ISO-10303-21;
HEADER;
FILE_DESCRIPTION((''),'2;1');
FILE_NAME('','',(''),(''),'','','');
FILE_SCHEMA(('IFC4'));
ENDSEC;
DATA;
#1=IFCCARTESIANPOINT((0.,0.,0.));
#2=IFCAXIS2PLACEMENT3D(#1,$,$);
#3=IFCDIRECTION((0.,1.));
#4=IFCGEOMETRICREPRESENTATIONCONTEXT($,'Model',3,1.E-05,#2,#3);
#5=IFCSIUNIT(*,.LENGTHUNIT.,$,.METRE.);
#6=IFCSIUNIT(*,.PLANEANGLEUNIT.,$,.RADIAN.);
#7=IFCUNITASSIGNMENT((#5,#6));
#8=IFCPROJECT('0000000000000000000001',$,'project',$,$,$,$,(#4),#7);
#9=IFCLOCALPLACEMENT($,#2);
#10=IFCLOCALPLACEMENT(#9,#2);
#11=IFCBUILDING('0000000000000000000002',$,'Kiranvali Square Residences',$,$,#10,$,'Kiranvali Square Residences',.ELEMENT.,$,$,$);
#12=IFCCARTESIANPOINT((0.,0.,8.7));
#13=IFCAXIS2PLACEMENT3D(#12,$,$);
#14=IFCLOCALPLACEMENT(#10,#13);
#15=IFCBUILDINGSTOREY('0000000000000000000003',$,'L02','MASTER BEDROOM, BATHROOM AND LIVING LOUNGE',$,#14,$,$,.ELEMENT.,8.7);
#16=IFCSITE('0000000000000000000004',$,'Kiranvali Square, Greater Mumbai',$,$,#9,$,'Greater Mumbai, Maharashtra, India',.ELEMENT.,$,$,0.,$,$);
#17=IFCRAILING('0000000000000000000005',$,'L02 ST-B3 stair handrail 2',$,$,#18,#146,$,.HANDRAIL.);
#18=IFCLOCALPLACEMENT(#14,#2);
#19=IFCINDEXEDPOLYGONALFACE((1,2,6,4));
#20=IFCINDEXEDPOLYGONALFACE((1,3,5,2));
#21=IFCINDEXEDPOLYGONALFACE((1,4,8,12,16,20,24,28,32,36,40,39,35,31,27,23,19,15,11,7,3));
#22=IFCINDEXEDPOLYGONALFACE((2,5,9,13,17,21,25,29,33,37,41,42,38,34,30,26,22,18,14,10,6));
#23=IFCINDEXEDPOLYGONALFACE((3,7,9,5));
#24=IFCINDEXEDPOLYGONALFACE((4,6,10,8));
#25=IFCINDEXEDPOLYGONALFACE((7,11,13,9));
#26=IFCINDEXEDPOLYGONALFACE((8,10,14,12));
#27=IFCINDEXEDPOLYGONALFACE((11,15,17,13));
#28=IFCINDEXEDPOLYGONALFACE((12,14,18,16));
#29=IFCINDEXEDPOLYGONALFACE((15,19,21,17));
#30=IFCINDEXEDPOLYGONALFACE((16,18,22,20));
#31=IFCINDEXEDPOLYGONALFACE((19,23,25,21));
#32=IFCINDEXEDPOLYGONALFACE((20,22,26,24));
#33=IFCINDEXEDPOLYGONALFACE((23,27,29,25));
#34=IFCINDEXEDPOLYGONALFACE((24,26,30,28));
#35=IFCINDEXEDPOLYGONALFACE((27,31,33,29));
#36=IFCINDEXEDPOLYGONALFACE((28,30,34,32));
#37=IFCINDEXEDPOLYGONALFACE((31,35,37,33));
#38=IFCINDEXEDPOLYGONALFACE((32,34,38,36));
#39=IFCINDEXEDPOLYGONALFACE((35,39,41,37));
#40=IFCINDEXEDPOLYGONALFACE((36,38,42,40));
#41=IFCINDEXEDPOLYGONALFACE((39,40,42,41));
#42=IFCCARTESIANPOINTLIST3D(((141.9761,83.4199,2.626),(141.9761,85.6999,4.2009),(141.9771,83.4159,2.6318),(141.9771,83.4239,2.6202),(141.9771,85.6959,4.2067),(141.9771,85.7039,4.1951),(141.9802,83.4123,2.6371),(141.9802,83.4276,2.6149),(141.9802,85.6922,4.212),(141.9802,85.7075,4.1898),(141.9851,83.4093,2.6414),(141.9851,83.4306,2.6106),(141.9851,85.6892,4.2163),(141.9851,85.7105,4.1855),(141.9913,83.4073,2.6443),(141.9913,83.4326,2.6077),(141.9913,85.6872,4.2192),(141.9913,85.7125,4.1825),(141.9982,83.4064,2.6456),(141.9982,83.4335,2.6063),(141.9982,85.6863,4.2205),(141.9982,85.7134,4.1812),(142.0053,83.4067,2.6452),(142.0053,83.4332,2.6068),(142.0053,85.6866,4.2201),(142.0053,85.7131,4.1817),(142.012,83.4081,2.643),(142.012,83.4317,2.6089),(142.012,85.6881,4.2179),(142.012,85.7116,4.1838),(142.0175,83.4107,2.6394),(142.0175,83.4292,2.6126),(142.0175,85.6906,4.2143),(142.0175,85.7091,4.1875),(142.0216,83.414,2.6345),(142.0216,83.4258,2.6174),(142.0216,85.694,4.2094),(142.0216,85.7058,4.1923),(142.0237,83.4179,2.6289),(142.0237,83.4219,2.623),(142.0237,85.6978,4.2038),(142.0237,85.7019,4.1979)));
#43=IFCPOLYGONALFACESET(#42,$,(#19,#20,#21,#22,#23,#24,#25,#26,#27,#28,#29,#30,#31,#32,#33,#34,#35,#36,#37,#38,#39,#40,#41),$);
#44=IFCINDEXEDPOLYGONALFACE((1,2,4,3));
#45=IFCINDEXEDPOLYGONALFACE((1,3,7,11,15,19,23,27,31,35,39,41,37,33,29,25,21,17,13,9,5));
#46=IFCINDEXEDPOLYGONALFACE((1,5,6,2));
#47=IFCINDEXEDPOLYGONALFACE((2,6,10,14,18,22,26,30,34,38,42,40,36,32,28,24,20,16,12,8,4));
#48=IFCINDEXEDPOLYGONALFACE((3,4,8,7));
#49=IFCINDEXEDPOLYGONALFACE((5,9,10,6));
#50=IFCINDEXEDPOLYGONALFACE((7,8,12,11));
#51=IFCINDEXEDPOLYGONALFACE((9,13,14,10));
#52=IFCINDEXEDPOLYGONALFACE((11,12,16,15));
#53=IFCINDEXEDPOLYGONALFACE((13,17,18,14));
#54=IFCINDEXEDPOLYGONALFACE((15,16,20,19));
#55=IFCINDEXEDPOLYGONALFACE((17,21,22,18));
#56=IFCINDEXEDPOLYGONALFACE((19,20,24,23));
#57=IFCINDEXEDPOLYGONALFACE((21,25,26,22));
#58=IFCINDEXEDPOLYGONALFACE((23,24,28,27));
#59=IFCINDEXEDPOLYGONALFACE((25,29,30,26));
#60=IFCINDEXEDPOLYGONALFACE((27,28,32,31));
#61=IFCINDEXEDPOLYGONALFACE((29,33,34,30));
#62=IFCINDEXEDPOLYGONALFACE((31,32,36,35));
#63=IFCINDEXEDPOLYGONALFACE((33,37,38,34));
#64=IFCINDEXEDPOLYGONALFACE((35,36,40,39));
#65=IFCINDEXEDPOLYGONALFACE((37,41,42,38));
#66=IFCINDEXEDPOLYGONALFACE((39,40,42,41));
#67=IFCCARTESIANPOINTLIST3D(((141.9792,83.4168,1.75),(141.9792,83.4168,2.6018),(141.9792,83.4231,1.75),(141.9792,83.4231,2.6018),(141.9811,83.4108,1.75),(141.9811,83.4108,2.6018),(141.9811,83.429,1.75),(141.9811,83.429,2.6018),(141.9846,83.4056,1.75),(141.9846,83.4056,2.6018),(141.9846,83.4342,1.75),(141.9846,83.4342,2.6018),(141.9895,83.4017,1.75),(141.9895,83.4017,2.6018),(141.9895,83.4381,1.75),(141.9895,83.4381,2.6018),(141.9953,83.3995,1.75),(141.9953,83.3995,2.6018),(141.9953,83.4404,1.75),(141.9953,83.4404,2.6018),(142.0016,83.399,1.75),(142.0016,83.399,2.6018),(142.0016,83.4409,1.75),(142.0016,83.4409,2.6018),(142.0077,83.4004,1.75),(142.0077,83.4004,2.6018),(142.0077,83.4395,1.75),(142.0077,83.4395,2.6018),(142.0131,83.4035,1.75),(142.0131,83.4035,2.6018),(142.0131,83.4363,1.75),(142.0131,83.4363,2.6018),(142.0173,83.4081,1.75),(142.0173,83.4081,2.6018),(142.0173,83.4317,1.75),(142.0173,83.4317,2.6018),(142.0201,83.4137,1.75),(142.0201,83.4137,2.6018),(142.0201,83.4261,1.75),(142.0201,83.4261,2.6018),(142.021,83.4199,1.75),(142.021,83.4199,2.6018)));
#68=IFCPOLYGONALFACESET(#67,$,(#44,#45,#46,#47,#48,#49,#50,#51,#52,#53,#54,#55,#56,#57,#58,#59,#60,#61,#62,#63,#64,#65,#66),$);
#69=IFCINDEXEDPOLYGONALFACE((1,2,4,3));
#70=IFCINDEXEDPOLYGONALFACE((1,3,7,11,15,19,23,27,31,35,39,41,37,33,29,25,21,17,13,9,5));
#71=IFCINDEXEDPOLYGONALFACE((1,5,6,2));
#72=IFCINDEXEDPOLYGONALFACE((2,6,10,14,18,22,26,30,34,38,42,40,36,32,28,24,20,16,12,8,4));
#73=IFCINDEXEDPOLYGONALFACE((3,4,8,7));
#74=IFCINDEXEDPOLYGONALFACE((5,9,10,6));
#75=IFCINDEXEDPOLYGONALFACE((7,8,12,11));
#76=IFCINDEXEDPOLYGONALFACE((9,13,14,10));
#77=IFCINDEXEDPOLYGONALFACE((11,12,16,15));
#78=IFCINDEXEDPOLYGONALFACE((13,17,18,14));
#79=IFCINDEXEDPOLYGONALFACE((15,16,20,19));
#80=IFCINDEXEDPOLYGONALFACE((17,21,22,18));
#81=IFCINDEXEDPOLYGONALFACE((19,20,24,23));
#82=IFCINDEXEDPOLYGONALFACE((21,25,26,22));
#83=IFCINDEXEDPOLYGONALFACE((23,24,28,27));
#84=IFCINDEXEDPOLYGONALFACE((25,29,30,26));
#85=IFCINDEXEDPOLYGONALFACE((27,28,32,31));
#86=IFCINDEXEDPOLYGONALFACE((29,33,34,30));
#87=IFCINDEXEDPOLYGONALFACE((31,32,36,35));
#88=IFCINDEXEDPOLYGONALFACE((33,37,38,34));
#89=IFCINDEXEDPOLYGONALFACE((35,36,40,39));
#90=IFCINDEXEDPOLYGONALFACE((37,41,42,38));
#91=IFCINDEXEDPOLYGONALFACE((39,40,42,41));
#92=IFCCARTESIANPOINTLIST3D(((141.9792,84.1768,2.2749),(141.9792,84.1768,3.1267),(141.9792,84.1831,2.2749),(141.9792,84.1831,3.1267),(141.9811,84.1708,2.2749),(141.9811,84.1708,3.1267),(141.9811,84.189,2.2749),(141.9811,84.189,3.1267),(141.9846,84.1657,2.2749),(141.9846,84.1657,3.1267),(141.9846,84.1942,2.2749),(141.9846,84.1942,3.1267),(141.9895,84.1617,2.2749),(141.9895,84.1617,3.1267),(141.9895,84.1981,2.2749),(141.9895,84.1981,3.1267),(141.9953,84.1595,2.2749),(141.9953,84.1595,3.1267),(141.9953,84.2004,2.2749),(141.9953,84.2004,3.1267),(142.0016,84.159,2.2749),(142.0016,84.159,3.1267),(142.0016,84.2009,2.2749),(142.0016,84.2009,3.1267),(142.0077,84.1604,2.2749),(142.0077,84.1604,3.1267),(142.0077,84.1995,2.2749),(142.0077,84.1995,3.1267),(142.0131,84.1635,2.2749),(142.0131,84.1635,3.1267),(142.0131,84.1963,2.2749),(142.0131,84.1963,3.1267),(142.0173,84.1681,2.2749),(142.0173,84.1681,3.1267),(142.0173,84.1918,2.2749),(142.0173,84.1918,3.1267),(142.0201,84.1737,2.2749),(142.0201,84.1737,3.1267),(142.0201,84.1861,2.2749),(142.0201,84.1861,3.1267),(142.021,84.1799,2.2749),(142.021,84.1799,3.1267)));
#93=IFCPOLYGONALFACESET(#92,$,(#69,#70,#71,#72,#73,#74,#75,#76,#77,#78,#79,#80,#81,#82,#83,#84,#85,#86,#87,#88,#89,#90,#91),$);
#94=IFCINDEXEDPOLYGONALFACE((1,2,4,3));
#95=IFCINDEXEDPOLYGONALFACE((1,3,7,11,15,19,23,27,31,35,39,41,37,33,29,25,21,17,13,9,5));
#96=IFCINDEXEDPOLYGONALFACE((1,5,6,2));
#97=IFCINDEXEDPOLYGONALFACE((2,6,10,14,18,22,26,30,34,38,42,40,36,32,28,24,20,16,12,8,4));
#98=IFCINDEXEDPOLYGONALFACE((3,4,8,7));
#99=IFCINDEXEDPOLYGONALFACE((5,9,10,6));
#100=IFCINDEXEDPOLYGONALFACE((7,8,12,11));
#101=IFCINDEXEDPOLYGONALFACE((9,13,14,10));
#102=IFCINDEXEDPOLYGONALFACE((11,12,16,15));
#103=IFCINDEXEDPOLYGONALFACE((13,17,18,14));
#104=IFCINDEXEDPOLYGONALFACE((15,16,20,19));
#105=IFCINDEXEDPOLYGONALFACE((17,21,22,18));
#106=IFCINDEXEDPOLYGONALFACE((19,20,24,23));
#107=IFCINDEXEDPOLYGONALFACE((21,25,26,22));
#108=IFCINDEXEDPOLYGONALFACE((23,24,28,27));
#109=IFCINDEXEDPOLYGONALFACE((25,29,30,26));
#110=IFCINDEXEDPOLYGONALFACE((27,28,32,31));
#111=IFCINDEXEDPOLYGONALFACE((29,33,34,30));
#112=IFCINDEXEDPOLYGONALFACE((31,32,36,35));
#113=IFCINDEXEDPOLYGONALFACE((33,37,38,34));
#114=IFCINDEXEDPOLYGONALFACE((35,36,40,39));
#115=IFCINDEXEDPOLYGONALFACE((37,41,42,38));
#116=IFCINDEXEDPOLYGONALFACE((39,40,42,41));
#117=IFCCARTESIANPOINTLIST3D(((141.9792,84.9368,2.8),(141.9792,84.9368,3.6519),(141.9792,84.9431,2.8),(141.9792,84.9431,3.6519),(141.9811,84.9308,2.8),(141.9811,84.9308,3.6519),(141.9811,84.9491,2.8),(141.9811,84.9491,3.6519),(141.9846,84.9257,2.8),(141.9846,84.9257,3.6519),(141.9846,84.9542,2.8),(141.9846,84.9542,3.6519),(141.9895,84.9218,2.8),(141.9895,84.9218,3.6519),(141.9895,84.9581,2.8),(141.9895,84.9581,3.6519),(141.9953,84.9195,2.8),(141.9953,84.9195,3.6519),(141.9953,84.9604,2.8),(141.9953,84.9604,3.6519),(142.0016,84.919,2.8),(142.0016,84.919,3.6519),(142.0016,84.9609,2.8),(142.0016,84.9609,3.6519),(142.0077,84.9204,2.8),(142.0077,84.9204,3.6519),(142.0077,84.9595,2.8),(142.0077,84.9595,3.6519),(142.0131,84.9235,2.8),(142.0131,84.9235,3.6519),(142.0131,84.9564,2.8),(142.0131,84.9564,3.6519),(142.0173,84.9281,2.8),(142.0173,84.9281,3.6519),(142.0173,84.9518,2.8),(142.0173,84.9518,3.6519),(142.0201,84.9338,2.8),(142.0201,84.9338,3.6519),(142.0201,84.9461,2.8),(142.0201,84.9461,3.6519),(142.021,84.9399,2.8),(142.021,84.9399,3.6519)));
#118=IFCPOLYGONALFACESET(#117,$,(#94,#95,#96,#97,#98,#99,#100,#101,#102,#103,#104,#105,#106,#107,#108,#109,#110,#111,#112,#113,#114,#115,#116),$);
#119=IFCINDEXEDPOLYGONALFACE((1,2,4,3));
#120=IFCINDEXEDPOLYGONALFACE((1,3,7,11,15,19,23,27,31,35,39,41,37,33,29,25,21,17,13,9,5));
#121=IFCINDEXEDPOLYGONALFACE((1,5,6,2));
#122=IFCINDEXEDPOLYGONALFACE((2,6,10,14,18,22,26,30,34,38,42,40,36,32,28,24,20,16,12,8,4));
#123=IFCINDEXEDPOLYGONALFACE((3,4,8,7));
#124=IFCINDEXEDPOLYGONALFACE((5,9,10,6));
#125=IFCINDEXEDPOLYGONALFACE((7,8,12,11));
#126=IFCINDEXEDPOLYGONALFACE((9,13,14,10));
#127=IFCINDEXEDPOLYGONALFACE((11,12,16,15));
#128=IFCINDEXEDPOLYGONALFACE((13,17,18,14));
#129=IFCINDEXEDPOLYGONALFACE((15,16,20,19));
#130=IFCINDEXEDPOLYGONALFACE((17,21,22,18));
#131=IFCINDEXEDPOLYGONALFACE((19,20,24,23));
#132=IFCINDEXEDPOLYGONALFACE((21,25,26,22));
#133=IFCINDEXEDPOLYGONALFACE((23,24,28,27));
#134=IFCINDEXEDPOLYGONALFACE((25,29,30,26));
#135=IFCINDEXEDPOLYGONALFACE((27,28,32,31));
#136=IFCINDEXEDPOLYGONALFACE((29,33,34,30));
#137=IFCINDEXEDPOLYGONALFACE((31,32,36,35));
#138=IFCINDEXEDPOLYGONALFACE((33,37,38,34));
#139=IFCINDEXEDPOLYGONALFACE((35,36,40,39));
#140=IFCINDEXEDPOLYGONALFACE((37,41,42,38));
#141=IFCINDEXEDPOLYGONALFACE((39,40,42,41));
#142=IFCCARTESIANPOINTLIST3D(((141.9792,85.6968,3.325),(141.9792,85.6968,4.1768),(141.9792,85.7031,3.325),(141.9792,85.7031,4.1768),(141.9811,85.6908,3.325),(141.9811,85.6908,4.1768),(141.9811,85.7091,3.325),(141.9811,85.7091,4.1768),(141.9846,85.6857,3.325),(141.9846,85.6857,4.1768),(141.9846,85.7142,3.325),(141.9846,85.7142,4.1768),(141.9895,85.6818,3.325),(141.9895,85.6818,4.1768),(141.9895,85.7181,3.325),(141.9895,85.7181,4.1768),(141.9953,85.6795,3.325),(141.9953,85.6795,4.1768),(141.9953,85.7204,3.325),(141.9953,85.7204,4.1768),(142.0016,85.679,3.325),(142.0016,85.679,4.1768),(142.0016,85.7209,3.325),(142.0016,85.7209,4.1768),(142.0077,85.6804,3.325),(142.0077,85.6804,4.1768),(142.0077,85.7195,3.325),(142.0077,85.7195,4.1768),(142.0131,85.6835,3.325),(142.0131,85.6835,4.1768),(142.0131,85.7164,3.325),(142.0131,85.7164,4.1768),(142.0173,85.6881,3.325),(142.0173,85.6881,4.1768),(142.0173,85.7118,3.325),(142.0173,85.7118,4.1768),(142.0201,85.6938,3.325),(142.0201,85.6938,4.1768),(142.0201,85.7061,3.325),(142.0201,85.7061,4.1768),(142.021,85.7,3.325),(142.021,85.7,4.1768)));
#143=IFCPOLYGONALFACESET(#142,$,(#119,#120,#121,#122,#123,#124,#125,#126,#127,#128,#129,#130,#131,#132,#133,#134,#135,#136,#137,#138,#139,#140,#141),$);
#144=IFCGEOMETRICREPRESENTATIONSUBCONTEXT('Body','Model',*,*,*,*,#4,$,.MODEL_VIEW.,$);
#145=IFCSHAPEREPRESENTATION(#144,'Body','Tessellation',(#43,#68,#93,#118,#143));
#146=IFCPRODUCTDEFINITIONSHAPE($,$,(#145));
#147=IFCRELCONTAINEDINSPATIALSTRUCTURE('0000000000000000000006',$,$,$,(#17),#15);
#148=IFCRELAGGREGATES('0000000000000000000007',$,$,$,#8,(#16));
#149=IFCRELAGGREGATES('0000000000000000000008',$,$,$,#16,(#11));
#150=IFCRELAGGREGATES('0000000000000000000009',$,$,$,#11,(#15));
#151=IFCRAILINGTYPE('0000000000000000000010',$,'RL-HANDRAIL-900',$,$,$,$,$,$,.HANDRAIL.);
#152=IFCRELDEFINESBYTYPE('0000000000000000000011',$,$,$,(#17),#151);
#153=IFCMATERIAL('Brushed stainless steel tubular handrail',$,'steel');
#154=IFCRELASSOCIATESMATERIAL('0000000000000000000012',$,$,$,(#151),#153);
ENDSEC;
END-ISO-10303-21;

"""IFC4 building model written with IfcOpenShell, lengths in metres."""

from ifc_helpers import new_model, si_unit, direction, frame, origin, origin_2d, place, context, subcontext, project, spatial, circle, extrude, material, type_object, element, save


model = new_model("IFC4")

# Units and contexts
model_context = context("Model", 3, precision=1e-05, world=origin(), true_north=direction((0.0, 1.0)))
body_context = subcontext(model_context, "Body", "Model", "MODEL_VIEW")
ifc_project = project(units=[si_unit("LENGTHUNIT", "METRE"), si_unit("PLANEANGLEUNIT", "RADIAN")], contexts=[model_context])

# Site, building, storey
site_placement = place(None, origin())
site = spatial("IfcSite", under=ifc_project, at=site_placement, Name="Kiranvali Square, Greater Mumbai", LongName="Greater Mumbai, Maharashtra, India", CompositionType="ELEMENT", RefElevation=0.0)
building_placement = place(site_placement, origin())
building = spatial("IfcBuilding", under=site, at=building_placement, Name="Kiranvali Square Residences", LongName="Kiranvali Square Residences", CompositionType="ELEMENT")
storey_placement = place(building_placement, frame((0.0, 0.0, 8.7)))
storey = spatial("IfcBuildingStorey", under=building, at=storey_placement, Name="L02", Description="MASTER BEDROOM, BATHROOM AND LIVING LOUNGE", CompositionType="ELEMENT", Elevation=8.7)

# Railing
ifc_material_1 = material(Name="Brushed stainless steel tubular handrail", Category="steel")
railing_type_1 = type_object("IfcRailingType", Name="RL-HANDRAIL-900", PredefinedType="HANDRAIL", material=ifc_material_1)
railing_1_placement = place(storey_placement, frame((142.0, 83.4199, 1.75)))
element("IfcRailing", 1, at=railing_1_placement, inside=storey, type_object=railing_type_1, Name="L02 ST-B3 stair handrail 2", PredefinedType="HANDRAIL", context=body_context, shape_type="SweptSolid", body=[
    extrude(circle(Radius=0.0239, at=origin_2d()), frame((0.0, 0.0, 0.876), z_axis=(0.0, 0.822788, 0.568348), x_axis=(-1.0, 0.0, 0.0)), (0.0, 0.0, 1.0), 2.771),
    extrude(circle(Radius=0.021, at=origin_2d()), origin(), (0.0, 0.0, 1.0), 0.8518),
    extrude(circle(Radius=0.021, at=origin_2d()), frame((0.0, 0.76, 0.5249)), (0.0, 0.0, 1.0), 0.8518),
    extrude(circle(Radius=0.021, at=origin_2d()), frame((0.0, 1.52, 1.05)), (0.0, 0.0, 1.0), 0.8518),
    extrude(circle(Radius=0.021, at=origin_2d()), frame((0.0, 2.28, 1.575)), (0.0, 0.0, 1.0), 0.8518),
])

save(model, "model.ifc")
